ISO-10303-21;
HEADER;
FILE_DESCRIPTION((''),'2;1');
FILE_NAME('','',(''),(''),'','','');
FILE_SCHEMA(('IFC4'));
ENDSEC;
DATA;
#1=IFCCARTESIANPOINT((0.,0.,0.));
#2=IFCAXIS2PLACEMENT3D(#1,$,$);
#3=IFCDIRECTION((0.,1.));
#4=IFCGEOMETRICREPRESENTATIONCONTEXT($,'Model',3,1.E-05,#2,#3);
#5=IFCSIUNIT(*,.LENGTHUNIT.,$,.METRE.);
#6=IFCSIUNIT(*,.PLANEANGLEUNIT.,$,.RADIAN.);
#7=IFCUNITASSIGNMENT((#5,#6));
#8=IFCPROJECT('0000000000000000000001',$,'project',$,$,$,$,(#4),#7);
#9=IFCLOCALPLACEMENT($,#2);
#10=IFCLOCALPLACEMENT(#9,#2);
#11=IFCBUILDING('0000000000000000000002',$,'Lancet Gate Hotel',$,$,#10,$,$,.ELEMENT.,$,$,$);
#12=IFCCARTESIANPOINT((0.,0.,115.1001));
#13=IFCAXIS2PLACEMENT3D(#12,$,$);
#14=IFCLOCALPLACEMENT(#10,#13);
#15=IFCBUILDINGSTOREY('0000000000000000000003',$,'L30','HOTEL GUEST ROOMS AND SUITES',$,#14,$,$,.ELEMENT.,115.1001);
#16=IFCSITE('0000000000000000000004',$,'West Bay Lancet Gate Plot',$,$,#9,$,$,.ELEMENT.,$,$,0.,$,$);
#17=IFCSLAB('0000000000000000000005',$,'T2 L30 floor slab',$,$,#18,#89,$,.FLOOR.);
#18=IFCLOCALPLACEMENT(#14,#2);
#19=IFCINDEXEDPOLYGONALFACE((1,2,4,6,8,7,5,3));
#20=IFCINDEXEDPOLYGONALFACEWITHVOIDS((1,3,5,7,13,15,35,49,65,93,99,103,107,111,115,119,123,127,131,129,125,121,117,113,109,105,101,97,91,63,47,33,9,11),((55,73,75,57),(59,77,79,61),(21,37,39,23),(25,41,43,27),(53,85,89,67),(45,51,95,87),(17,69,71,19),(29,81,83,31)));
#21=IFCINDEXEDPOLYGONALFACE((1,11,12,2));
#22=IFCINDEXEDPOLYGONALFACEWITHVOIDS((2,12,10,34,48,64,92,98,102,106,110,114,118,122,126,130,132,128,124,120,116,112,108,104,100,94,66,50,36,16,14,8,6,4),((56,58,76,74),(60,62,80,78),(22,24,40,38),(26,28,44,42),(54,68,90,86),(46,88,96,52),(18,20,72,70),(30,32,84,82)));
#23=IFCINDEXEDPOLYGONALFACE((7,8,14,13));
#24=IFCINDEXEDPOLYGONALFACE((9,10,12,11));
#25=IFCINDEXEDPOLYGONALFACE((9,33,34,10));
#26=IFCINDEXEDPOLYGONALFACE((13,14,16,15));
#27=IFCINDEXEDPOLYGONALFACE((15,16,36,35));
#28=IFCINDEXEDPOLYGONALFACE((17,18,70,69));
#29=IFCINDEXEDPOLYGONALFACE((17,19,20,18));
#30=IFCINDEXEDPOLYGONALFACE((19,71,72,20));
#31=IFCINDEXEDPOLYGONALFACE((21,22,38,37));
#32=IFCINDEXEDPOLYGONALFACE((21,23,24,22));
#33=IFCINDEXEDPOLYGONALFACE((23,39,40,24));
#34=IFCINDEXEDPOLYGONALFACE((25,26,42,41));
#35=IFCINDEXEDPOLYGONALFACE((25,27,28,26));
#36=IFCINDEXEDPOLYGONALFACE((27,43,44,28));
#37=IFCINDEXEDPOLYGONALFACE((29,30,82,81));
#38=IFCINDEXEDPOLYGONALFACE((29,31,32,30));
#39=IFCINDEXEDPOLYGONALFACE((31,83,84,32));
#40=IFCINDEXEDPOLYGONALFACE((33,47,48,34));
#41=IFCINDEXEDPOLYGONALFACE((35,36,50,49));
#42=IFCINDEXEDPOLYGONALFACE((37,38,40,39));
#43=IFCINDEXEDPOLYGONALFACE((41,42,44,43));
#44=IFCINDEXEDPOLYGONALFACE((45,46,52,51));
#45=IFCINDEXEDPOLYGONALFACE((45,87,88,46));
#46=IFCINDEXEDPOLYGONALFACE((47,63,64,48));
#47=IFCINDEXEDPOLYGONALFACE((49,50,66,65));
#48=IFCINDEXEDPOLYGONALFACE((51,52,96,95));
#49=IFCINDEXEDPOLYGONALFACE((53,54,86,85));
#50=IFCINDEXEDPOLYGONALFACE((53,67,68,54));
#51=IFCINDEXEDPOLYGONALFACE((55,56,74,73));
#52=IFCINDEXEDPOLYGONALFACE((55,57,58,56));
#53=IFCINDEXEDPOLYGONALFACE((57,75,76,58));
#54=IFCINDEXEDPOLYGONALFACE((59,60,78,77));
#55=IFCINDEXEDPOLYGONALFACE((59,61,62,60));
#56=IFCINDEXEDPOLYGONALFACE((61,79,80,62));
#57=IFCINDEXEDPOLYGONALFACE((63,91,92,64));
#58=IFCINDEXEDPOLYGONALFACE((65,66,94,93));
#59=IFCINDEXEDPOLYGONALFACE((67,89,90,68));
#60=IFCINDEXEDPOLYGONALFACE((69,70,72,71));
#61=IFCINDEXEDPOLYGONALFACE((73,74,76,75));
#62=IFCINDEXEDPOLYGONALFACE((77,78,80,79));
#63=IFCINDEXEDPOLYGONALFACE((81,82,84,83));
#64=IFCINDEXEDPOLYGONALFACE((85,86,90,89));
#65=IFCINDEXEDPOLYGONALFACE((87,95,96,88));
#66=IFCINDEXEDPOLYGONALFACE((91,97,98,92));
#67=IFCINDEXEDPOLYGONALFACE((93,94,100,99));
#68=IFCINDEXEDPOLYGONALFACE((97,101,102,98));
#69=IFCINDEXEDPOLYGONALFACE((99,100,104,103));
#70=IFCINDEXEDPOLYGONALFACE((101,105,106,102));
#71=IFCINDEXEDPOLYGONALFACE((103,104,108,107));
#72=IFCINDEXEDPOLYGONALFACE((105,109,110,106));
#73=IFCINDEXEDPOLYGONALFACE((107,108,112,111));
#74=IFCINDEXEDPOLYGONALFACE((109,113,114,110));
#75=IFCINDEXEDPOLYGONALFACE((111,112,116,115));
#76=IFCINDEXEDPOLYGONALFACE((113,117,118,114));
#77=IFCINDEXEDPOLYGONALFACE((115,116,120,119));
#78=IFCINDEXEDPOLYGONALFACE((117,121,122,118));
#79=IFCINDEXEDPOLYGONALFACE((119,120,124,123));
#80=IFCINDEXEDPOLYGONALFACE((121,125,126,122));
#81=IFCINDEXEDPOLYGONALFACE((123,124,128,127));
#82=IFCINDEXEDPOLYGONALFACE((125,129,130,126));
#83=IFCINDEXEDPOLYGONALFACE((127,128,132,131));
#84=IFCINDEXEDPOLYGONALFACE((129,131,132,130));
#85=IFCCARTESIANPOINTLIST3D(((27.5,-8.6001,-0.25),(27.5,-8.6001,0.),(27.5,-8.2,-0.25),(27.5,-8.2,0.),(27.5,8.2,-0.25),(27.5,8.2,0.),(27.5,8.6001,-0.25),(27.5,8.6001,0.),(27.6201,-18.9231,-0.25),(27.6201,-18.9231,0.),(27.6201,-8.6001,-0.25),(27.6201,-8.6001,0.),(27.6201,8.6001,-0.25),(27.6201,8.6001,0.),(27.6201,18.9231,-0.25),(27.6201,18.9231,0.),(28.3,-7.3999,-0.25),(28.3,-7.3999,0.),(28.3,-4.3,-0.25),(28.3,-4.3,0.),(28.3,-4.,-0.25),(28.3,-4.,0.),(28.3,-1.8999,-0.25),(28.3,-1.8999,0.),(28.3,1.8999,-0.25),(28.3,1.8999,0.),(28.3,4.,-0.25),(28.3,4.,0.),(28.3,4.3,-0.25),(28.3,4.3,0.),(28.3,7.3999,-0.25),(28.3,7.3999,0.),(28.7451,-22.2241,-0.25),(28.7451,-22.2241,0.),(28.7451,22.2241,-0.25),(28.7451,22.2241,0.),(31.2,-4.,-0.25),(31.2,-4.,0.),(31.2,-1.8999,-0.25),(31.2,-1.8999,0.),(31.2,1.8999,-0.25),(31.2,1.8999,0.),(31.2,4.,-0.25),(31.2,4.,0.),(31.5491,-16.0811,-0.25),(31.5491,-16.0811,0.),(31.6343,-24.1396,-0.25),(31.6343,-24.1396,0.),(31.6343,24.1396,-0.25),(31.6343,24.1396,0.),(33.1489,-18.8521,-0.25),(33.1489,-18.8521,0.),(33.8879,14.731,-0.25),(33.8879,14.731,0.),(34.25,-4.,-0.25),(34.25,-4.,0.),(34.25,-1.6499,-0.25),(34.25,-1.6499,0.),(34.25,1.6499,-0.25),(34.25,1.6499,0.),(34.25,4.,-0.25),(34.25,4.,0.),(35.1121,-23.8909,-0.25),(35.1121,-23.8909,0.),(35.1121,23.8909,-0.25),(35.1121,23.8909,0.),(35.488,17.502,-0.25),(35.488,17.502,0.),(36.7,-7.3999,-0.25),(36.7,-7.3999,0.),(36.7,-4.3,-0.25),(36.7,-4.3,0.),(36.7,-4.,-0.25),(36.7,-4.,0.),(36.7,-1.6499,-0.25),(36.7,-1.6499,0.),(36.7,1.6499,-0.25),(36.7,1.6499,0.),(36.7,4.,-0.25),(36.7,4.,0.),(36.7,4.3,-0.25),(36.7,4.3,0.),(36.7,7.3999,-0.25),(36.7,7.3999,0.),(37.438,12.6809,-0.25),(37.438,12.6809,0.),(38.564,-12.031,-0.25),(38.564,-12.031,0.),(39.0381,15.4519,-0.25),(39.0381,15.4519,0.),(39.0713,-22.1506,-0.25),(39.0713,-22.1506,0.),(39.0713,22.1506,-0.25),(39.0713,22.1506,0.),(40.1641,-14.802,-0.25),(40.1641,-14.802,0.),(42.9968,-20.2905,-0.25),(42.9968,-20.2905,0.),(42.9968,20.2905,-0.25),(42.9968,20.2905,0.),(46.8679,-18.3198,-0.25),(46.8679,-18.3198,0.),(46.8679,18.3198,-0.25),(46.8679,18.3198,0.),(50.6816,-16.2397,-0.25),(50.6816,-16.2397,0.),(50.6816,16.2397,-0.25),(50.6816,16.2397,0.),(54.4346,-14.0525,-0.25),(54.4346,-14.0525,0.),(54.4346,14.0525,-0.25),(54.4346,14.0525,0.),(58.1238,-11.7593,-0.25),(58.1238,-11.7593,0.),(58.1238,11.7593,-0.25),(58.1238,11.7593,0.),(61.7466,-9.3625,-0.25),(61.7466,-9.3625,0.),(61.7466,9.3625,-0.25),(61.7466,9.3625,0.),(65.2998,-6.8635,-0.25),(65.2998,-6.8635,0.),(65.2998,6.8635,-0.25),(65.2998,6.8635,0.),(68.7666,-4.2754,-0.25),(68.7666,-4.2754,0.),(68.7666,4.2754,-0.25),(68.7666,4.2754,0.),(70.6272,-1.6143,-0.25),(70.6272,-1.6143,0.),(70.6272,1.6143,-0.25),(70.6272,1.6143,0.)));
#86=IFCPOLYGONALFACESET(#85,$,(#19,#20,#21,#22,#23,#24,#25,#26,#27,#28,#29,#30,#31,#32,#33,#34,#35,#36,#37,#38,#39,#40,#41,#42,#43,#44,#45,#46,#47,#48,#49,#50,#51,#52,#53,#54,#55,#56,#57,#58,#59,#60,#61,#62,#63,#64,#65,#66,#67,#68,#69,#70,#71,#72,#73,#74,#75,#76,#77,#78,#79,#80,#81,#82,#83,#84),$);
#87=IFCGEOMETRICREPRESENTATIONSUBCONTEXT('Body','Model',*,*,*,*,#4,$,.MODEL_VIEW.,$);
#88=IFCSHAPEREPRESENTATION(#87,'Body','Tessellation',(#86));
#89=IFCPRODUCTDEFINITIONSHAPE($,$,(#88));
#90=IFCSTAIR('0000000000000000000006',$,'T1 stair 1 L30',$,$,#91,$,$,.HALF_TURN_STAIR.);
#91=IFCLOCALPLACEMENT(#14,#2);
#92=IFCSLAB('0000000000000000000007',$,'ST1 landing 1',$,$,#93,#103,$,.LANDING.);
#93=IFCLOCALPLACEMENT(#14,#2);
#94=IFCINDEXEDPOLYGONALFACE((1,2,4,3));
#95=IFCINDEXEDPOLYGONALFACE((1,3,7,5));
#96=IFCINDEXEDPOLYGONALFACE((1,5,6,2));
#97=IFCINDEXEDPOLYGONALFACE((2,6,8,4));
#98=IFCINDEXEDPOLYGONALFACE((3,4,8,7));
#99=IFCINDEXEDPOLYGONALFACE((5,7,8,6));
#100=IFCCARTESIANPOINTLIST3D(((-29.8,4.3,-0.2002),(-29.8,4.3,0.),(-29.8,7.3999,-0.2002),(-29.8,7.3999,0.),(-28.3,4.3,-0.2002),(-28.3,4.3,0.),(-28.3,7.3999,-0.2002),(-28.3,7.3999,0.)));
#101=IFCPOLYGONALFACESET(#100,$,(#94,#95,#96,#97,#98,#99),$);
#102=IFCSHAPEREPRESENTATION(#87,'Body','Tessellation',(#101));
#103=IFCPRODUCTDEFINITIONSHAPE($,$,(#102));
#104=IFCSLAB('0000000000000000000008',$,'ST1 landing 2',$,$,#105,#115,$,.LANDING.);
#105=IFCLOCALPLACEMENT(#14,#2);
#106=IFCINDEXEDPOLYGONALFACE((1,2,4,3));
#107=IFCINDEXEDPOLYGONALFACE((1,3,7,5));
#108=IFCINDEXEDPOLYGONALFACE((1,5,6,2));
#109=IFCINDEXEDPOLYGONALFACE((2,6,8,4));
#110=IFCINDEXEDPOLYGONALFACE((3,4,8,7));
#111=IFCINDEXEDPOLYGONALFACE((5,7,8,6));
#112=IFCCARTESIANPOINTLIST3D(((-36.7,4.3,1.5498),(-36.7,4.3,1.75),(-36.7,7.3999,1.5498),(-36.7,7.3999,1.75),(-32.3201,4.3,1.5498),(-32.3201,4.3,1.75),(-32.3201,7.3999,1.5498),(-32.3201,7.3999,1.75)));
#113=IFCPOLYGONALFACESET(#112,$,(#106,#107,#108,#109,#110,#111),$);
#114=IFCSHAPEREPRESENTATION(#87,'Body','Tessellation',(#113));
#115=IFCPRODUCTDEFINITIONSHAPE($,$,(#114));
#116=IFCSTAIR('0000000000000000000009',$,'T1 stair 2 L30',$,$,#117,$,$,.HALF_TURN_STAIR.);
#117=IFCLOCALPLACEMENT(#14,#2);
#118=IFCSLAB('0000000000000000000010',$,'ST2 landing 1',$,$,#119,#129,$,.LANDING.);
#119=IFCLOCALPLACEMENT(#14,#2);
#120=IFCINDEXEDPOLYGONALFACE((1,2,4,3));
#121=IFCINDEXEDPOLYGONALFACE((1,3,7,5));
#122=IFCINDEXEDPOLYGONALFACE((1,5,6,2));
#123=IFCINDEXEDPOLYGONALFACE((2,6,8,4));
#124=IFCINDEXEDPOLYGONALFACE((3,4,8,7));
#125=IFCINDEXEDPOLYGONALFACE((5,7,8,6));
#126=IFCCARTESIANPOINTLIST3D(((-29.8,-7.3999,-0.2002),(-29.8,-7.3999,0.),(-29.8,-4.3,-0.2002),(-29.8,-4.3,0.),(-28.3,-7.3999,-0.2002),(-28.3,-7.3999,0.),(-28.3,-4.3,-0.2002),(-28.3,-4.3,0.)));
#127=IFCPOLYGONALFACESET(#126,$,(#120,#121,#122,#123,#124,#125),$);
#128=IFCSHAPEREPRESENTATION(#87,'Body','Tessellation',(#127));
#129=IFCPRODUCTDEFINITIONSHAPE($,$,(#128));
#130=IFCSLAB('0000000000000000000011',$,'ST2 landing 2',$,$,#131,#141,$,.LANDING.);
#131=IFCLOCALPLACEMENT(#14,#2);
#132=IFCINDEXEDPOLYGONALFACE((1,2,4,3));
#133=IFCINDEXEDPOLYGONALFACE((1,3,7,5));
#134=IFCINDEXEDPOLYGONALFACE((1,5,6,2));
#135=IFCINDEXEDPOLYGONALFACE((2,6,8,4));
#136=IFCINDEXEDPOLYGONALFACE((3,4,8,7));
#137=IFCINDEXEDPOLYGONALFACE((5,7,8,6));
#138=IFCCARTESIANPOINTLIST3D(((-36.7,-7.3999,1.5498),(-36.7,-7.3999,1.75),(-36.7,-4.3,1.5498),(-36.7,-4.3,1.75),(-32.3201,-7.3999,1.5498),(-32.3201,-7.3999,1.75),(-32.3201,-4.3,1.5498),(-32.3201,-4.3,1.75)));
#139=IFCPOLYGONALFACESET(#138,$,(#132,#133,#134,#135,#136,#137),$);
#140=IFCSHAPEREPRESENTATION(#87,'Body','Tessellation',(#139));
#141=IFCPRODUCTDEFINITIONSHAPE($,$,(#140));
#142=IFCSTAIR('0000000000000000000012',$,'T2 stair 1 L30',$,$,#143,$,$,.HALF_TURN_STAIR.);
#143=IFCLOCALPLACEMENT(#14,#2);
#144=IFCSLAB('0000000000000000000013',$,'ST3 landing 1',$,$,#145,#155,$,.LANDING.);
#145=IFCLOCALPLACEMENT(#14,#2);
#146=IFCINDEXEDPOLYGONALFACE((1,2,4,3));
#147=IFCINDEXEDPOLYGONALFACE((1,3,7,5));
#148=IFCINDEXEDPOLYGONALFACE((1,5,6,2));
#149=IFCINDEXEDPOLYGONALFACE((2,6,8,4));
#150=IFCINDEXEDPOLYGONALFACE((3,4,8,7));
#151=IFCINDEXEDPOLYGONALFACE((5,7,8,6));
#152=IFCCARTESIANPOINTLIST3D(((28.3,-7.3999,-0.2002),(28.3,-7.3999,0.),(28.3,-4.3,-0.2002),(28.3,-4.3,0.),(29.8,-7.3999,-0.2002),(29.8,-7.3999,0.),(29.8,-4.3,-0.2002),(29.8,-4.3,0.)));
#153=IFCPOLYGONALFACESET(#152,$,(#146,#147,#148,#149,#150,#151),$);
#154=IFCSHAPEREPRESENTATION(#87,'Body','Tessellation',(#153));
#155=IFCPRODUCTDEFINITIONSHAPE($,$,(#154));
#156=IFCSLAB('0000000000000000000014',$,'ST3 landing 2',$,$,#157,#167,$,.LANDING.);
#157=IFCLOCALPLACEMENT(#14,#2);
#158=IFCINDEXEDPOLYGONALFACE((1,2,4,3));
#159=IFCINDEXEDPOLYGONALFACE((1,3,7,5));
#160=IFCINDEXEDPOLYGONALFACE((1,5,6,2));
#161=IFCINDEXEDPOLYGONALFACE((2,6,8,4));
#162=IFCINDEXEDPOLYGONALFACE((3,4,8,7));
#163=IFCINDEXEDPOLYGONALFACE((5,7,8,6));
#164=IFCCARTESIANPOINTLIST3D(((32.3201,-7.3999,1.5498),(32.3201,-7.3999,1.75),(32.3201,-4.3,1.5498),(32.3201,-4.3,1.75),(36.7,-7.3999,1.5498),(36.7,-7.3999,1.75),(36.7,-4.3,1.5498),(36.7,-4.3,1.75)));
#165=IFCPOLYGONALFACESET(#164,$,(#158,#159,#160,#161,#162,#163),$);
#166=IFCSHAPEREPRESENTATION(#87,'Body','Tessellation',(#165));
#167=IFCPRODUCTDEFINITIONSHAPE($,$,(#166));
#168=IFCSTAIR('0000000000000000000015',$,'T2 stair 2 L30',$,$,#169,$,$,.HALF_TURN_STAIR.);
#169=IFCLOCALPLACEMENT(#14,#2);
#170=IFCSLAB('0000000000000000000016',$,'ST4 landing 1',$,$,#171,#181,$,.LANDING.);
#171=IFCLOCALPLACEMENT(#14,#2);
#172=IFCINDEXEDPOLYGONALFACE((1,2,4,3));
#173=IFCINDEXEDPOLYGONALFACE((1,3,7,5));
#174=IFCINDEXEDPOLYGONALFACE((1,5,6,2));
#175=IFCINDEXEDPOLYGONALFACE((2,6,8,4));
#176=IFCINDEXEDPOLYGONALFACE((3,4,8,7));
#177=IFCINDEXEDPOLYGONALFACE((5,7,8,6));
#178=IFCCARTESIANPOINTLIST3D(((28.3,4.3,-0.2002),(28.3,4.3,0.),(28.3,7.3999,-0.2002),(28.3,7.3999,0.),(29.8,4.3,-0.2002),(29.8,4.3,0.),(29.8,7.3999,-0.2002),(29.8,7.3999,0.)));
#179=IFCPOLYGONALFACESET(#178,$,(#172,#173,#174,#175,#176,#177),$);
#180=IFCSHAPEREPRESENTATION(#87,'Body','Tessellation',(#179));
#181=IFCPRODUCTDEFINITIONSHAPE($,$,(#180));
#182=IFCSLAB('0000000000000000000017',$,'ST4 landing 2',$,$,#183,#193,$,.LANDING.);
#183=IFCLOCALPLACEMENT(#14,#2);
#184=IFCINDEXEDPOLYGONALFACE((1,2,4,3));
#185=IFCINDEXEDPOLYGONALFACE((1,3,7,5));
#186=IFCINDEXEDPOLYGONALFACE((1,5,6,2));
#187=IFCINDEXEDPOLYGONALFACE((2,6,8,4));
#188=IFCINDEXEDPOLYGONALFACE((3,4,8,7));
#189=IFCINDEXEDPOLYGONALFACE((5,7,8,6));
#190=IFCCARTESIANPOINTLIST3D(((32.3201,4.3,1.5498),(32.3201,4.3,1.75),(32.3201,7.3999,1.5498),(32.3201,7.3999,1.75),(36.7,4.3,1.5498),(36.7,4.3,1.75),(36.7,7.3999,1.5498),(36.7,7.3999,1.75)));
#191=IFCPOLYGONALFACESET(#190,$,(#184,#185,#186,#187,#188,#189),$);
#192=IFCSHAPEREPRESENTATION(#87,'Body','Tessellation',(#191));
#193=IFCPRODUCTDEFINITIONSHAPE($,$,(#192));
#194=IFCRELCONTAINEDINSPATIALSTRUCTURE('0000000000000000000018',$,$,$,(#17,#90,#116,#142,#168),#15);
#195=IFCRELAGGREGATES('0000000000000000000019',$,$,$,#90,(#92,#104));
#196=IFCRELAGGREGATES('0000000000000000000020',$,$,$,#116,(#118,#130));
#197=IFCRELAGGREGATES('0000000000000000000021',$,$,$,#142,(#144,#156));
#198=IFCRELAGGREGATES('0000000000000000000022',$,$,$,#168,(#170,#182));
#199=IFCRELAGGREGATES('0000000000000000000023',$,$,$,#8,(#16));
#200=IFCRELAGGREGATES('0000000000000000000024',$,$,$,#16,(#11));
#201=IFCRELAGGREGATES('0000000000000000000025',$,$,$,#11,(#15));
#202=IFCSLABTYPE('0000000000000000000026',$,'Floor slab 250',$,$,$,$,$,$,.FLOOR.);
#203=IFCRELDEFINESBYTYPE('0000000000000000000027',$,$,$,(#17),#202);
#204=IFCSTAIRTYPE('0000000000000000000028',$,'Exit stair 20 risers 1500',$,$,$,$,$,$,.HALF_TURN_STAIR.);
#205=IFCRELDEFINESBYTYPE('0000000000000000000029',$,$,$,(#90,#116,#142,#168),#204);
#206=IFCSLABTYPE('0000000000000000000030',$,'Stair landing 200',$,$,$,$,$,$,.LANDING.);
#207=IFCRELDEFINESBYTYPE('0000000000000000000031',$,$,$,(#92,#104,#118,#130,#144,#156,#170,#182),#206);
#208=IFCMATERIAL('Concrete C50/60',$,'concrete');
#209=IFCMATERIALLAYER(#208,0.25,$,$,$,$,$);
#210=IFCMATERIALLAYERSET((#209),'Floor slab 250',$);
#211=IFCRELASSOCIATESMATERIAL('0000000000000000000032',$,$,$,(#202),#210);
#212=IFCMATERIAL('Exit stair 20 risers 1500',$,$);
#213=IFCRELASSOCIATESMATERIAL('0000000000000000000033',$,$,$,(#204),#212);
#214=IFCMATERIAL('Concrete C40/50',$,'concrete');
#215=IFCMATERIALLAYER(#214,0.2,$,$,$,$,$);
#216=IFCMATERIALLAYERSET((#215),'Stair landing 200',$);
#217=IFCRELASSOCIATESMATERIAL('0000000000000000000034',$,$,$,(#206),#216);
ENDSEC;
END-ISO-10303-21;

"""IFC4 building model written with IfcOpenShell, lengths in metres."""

from ifc_helpers import new_model, si_unit, direction, frame, origin, place, context, subcontext, project, spatial, polyline, outline, extrude, material, layer, layer_set, type_object, element, aggregate, save


model = new_model("IFC4")

# Units and contexts
model_context = context("Model", 3, precision=1e-05, world=origin(), true_north=direction((0.0, 1.0)))
body_context = subcontext(model_context, "Body", "Model", "MODEL_VIEW")
ifc_project = project(units=[si_unit("LENGTHUNIT", "METRE"), si_unit("PLANEANGLEUNIT", "RADIAN")], contexts=[model_context])

# Site, building, storey
site_placement = place(None, origin())
site = spatial("IfcSite", under=ifc_project, at=site_placement, Name="West Bay Lancet Gate Plot", CompositionType="ELEMENT", RefElevation=0.0)
building_placement = place(site_placement, origin())
building = spatial("IfcBuilding", under=site, at=building_placement, Name="Lancet Gate Hotel", CompositionType="ELEMENT")
storey_placement = place(building_placement, frame((0.0, 0.0, 115.1001)))
storey = spatial("IfcBuildingStorey", under=building, at=storey_placement, Name="L30", Description="HOTEL GUEST ROOMS AND SUITES", CompositionType="ELEMENT", Elevation=115.1001)

# Slab
ifc_material_1 = material(Name="Concrete C50/60", Category="concrete")
ifc_layer_1 = layer(ifc_material_1, 0.25)
ifc_layer_set_1 = layer_set([ifc_layer_1], Name="Floor slab 250")
slab_type_1 = type_object("IfcSlabType", Name="Floor slab 250", PredefinedType="FLOOR", material=ifc_layer_set_1)
slab_1_placement = place(storey_placement, frame((0.0, 0.0, -0.25)))
element("IfcSlab", 1, at=slab_1_placement, inside=storey, type_object=slab_type_1, Name="T2 L30 floor slab", PredefinedType="FLOOR", context=body_context, shape_type="SweptSolid", body=[
    extrude(outline(polyline([(27.5, -8.6001), (27.6201, -8.6001), (27.6201, -18.9231), (28.7451, -22.2241), (31.6343, -24.1396), (35.1121, -23.8909), (39.0713, -22.1506), (42.9968, -20.2905), (46.8679, -18.3198), (50.6816, -16.2397), (54.4346, -14.0525), (58.1238, -11.7593), (61.7466, -9.3625), (65.2998, -6.8635), (68.7666, -4.2754), (70.6272, -1.6143), (70.6272, 1.6143), (68.7666, 4.2754), (65.2998, 6.8635), (61.7466, 9.3625), (58.1238, 11.7593), (54.4346, 14.0525), (50.6816, 16.2397), (46.8679, 18.3198), (42.9968, 20.2905), (39.0713, 22.1506), (35.1121, 23.8909), (31.6343, 24.1396), (28.7451, 22.2241), (27.6201, 18.9231), (27.6201, 8.6001), (27.5, 8.6001), (27.5, 8.2), (27.5, -8.2), (27.5, -8.6001)]), holes=[polyline([(36.7, -7.3999), (36.7, -4.3), (28.3, -4.3), (28.3, -7.3999), (36.7, -7.3999)]), polyline([(28.3, -4.0), (31.2, -4.0), (31.2, -1.8999), (28.3, -1.8999), (28.3, -4.0)]), polyline([(34.25, -4.0), (36.7, -4.0), (36.7, -1.6499), (34.25, -1.6499), (34.25, -4.0)]), polyline([(36.7, 1.6499), (36.7, 4.0), (34.25, 4.0), (34.25, 1.6499), (36.7, 1.6499)]), polyline([(28.3, 1.8999), (31.2, 1.8999), (31.2, 4.0), (28.3, 4.0), (28.3, 1.8999)]), polyline([(28.3, 4.3), (36.7, 4.3), (36.7, 7.3999), (28.3, 7.3999), (28.3, 4.3)]), polyline([(31.5491, -16.0811), (33.1489, -18.8521), (40.1641, -14.802), (38.564, -12.031), (31.5491, -16.0811)]), polyline([(33.8879, 14.731), (37.438, 12.6809), (39.0381, 15.4519), (35.488, 17.502), (33.8879, 14.731)])]), origin(), (0.0, 0.0, 1.0), 0.25),
])

# Stairs, slabs
ifc_material_2 = material(Name="Exit stair 20 risers 1500")
stair_type = type_object("IfcStairType", Name="Exit stair 20 risers 1500", PredefinedType="HALF_TURN_STAIR", material=ifc_material_2)
stair_1_placement = place(storey_placement, origin())
stair_1 = element("IfcStair", 2, at=stair_1_placement, inside=storey, type_object=stair_type, Name="T1 stair 1 L30", PredefinedType="HALF_TURN_STAIR")
ifc_material_3 = material(Name="Concrete C40/50", Category="concrete")
ifc_layer_2 = layer(ifc_material_3, 0.2)
ifc_layer_set_2 = layer_set([ifc_layer_2], Name="Stair landing 200")
slab_type_2 = type_object("IfcSlabType", Name="Stair landing 200", PredefinedType="LANDING", material=ifc_layer_set_2)
slab_2_placement = place(storey_placement, frame((0.0, 0.0, -0.2002)))
slab_2 = element("IfcSlab", 3, at=slab_2_placement, type_object=slab_type_2, Name="ST1 landing 1", PredefinedType="LANDING", context=body_context, shape_type="SweptSolid", body=[
    extrude(outline(polyline([(-28.3, 7.3999), (-29.8, 7.3999), (-29.8, 4.3), (-28.3, 4.3), (-28.3, 7.3999)])), origin(), (0.0, 0.0, 1.0), 0.2002),
])
slab_3_placement = place(storey_placement, frame((0.0, 0.0, 1.5498)))
slab_3 = element("IfcSlab", 4, at=slab_3_placement, type_object=slab_type_2, Name="ST1 landing 2", PredefinedType="LANDING", context=body_context, shape_type="SweptSolid", body=[
    extrude(outline(polyline([(-32.3201, 7.3999), (-36.7, 7.3999), (-36.7, 4.3), (-32.3201, 4.3), (-32.3201, 7.3999)])), origin(), (0.0, 0.0, 1.0), 0.2002),
])
aggregate(stair_1, [slab_2, slab_3])
stair_2_placement = place(storey_placement, origin())
stair_2 = element("IfcStair", 5, at=stair_2_placement, inside=storey, type_object=stair_type, Name="T1 stair 2 L30", PredefinedType="HALF_TURN_STAIR")
slab_4_placement = place(storey_placement, frame((0.0, 0.0, -0.2002)))
slab_4 = element("IfcSlab", 6, at=slab_4_placement, type_object=slab_type_2, Name="ST2 landing 1", PredefinedType="LANDING", context=body_context, shape_type="SweptSolid", body=[
    extrude(outline(polyline([(-28.3, -4.3), (-29.8, -4.3), (-29.8, -7.3999), (-28.3, -7.3999), (-28.3, -4.3)])), origin(), (0.0, 0.0, 1.0), 0.2002),
])
slab_5_placement = place(storey_placement, frame((0.0, 0.0, 1.5498)))
slab_5 = element("IfcSlab", 7, at=slab_5_placement, type_object=slab_type_2, Name="ST2 landing 2", PredefinedType="LANDING", context=body_context, shape_type="SweptSolid", body=[
    extrude(outline(polyline([(-32.3201, -4.3), (-36.7, -4.3), (-36.7, -7.3999), (-32.3201, -7.3999), (-32.3201, -4.3)])), origin(), (0.0, 0.0, 1.0), 0.2002),
])
aggregate(stair_2, [slab_4, slab_5])
stair_3_placement = place(storey_placement, origin())
stair_3 = element("IfcStair", 8, at=stair_3_placement, inside=storey, type_object=stair_type, Name="T2 stair 1 L30", PredefinedType="HALF_TURN_STAIR")
slab_6_placement = place(storey_placement, frame((0.0, 0.0, -0.2002)))
slab_6 = element("IfcSlab", 9, at=slab_6_placement, type_object=slab_type_2, Name="ST3 landing 1", PredefinedType="LANDING", context=body_context, shape_type="SweptSolid", body=[
    extrude(outline(polyline([(28.3, -7.3999), (29.8, -7.3999), (29.8, -4.3), (28.3, -4.3), (28.3, -7.3999)])), origin(), (0.0, 0.0, 1.0), 0.2002),
])
slab_7_placement = place(storey_placement, frame((0.0, 0.0, 1.5498)))
slab_7 = element("IfcSlab", 10, at=slab_7_placement, type_object=slab_type_2, Name="ST3 landing 2", PredefinedType="LANDING", context=body_context, shape_type="SweptSolid", body=[
    extrude(outline(polyline([(32.3201, -7.3999), (36.7, -7.3999), (36.7, -4.3), (32.3201, -4.3), (32.3201, -7.3999)])), origin(), (0.0, 0.0, 1.0), 0.2002),
])
aggregate(stair_3, [slab_6, slab_7])
stair_4_placement = place(storey_placement, origin())
stair_4 = element("IfcStair", 11, at=stair_4_placement, inside=storey, type_object=stair_type, Name="T2 stair 2 L30", PredefinedType="HALF_TURN_STAIR")
slab_8_placement = place(storey_placement, frame((0.0, 0.0, -0.2002)))
slab_8 = element("IfcSlab", 12, at=slab_8_placement, type_object=slab_type_2, Name="ST4 landing 1", PredefinedType="LANDING", context=body_context, shape_type="SweptSolid", body=[
    extrude(outline(polyline([(28.3, 4.3), (29.8, 4.3), (29.8, 7.3999), (28.3, 7.3999), (28.3, 4.3)])), origin(), (0.0, 0.0, 1.0), 0.2002),
])
slab_9_placement = place(storey_placement, frame((0.0, 0.0, 1.5498)))
slab_9 = element("IfcSlab", 13, at=slab_9_placement, type_object=slab_type_2, Name="ST4 landing 2", PredefinedType="LANDING", context=body_context, shape_type="SweptSolid", body=[
    extrude(outline(polyline([(32.3201, 4.3), (36.7, 4.3), (36.7, 7.3999), (32.3201, 7.3999), (32.3201, 4.3)])), origin(), (0.0, 0.0, 1.0), 0.2002),
])
aggregate(stair_4, [slab_8, slab_9])

save(model, "model.ifc")
